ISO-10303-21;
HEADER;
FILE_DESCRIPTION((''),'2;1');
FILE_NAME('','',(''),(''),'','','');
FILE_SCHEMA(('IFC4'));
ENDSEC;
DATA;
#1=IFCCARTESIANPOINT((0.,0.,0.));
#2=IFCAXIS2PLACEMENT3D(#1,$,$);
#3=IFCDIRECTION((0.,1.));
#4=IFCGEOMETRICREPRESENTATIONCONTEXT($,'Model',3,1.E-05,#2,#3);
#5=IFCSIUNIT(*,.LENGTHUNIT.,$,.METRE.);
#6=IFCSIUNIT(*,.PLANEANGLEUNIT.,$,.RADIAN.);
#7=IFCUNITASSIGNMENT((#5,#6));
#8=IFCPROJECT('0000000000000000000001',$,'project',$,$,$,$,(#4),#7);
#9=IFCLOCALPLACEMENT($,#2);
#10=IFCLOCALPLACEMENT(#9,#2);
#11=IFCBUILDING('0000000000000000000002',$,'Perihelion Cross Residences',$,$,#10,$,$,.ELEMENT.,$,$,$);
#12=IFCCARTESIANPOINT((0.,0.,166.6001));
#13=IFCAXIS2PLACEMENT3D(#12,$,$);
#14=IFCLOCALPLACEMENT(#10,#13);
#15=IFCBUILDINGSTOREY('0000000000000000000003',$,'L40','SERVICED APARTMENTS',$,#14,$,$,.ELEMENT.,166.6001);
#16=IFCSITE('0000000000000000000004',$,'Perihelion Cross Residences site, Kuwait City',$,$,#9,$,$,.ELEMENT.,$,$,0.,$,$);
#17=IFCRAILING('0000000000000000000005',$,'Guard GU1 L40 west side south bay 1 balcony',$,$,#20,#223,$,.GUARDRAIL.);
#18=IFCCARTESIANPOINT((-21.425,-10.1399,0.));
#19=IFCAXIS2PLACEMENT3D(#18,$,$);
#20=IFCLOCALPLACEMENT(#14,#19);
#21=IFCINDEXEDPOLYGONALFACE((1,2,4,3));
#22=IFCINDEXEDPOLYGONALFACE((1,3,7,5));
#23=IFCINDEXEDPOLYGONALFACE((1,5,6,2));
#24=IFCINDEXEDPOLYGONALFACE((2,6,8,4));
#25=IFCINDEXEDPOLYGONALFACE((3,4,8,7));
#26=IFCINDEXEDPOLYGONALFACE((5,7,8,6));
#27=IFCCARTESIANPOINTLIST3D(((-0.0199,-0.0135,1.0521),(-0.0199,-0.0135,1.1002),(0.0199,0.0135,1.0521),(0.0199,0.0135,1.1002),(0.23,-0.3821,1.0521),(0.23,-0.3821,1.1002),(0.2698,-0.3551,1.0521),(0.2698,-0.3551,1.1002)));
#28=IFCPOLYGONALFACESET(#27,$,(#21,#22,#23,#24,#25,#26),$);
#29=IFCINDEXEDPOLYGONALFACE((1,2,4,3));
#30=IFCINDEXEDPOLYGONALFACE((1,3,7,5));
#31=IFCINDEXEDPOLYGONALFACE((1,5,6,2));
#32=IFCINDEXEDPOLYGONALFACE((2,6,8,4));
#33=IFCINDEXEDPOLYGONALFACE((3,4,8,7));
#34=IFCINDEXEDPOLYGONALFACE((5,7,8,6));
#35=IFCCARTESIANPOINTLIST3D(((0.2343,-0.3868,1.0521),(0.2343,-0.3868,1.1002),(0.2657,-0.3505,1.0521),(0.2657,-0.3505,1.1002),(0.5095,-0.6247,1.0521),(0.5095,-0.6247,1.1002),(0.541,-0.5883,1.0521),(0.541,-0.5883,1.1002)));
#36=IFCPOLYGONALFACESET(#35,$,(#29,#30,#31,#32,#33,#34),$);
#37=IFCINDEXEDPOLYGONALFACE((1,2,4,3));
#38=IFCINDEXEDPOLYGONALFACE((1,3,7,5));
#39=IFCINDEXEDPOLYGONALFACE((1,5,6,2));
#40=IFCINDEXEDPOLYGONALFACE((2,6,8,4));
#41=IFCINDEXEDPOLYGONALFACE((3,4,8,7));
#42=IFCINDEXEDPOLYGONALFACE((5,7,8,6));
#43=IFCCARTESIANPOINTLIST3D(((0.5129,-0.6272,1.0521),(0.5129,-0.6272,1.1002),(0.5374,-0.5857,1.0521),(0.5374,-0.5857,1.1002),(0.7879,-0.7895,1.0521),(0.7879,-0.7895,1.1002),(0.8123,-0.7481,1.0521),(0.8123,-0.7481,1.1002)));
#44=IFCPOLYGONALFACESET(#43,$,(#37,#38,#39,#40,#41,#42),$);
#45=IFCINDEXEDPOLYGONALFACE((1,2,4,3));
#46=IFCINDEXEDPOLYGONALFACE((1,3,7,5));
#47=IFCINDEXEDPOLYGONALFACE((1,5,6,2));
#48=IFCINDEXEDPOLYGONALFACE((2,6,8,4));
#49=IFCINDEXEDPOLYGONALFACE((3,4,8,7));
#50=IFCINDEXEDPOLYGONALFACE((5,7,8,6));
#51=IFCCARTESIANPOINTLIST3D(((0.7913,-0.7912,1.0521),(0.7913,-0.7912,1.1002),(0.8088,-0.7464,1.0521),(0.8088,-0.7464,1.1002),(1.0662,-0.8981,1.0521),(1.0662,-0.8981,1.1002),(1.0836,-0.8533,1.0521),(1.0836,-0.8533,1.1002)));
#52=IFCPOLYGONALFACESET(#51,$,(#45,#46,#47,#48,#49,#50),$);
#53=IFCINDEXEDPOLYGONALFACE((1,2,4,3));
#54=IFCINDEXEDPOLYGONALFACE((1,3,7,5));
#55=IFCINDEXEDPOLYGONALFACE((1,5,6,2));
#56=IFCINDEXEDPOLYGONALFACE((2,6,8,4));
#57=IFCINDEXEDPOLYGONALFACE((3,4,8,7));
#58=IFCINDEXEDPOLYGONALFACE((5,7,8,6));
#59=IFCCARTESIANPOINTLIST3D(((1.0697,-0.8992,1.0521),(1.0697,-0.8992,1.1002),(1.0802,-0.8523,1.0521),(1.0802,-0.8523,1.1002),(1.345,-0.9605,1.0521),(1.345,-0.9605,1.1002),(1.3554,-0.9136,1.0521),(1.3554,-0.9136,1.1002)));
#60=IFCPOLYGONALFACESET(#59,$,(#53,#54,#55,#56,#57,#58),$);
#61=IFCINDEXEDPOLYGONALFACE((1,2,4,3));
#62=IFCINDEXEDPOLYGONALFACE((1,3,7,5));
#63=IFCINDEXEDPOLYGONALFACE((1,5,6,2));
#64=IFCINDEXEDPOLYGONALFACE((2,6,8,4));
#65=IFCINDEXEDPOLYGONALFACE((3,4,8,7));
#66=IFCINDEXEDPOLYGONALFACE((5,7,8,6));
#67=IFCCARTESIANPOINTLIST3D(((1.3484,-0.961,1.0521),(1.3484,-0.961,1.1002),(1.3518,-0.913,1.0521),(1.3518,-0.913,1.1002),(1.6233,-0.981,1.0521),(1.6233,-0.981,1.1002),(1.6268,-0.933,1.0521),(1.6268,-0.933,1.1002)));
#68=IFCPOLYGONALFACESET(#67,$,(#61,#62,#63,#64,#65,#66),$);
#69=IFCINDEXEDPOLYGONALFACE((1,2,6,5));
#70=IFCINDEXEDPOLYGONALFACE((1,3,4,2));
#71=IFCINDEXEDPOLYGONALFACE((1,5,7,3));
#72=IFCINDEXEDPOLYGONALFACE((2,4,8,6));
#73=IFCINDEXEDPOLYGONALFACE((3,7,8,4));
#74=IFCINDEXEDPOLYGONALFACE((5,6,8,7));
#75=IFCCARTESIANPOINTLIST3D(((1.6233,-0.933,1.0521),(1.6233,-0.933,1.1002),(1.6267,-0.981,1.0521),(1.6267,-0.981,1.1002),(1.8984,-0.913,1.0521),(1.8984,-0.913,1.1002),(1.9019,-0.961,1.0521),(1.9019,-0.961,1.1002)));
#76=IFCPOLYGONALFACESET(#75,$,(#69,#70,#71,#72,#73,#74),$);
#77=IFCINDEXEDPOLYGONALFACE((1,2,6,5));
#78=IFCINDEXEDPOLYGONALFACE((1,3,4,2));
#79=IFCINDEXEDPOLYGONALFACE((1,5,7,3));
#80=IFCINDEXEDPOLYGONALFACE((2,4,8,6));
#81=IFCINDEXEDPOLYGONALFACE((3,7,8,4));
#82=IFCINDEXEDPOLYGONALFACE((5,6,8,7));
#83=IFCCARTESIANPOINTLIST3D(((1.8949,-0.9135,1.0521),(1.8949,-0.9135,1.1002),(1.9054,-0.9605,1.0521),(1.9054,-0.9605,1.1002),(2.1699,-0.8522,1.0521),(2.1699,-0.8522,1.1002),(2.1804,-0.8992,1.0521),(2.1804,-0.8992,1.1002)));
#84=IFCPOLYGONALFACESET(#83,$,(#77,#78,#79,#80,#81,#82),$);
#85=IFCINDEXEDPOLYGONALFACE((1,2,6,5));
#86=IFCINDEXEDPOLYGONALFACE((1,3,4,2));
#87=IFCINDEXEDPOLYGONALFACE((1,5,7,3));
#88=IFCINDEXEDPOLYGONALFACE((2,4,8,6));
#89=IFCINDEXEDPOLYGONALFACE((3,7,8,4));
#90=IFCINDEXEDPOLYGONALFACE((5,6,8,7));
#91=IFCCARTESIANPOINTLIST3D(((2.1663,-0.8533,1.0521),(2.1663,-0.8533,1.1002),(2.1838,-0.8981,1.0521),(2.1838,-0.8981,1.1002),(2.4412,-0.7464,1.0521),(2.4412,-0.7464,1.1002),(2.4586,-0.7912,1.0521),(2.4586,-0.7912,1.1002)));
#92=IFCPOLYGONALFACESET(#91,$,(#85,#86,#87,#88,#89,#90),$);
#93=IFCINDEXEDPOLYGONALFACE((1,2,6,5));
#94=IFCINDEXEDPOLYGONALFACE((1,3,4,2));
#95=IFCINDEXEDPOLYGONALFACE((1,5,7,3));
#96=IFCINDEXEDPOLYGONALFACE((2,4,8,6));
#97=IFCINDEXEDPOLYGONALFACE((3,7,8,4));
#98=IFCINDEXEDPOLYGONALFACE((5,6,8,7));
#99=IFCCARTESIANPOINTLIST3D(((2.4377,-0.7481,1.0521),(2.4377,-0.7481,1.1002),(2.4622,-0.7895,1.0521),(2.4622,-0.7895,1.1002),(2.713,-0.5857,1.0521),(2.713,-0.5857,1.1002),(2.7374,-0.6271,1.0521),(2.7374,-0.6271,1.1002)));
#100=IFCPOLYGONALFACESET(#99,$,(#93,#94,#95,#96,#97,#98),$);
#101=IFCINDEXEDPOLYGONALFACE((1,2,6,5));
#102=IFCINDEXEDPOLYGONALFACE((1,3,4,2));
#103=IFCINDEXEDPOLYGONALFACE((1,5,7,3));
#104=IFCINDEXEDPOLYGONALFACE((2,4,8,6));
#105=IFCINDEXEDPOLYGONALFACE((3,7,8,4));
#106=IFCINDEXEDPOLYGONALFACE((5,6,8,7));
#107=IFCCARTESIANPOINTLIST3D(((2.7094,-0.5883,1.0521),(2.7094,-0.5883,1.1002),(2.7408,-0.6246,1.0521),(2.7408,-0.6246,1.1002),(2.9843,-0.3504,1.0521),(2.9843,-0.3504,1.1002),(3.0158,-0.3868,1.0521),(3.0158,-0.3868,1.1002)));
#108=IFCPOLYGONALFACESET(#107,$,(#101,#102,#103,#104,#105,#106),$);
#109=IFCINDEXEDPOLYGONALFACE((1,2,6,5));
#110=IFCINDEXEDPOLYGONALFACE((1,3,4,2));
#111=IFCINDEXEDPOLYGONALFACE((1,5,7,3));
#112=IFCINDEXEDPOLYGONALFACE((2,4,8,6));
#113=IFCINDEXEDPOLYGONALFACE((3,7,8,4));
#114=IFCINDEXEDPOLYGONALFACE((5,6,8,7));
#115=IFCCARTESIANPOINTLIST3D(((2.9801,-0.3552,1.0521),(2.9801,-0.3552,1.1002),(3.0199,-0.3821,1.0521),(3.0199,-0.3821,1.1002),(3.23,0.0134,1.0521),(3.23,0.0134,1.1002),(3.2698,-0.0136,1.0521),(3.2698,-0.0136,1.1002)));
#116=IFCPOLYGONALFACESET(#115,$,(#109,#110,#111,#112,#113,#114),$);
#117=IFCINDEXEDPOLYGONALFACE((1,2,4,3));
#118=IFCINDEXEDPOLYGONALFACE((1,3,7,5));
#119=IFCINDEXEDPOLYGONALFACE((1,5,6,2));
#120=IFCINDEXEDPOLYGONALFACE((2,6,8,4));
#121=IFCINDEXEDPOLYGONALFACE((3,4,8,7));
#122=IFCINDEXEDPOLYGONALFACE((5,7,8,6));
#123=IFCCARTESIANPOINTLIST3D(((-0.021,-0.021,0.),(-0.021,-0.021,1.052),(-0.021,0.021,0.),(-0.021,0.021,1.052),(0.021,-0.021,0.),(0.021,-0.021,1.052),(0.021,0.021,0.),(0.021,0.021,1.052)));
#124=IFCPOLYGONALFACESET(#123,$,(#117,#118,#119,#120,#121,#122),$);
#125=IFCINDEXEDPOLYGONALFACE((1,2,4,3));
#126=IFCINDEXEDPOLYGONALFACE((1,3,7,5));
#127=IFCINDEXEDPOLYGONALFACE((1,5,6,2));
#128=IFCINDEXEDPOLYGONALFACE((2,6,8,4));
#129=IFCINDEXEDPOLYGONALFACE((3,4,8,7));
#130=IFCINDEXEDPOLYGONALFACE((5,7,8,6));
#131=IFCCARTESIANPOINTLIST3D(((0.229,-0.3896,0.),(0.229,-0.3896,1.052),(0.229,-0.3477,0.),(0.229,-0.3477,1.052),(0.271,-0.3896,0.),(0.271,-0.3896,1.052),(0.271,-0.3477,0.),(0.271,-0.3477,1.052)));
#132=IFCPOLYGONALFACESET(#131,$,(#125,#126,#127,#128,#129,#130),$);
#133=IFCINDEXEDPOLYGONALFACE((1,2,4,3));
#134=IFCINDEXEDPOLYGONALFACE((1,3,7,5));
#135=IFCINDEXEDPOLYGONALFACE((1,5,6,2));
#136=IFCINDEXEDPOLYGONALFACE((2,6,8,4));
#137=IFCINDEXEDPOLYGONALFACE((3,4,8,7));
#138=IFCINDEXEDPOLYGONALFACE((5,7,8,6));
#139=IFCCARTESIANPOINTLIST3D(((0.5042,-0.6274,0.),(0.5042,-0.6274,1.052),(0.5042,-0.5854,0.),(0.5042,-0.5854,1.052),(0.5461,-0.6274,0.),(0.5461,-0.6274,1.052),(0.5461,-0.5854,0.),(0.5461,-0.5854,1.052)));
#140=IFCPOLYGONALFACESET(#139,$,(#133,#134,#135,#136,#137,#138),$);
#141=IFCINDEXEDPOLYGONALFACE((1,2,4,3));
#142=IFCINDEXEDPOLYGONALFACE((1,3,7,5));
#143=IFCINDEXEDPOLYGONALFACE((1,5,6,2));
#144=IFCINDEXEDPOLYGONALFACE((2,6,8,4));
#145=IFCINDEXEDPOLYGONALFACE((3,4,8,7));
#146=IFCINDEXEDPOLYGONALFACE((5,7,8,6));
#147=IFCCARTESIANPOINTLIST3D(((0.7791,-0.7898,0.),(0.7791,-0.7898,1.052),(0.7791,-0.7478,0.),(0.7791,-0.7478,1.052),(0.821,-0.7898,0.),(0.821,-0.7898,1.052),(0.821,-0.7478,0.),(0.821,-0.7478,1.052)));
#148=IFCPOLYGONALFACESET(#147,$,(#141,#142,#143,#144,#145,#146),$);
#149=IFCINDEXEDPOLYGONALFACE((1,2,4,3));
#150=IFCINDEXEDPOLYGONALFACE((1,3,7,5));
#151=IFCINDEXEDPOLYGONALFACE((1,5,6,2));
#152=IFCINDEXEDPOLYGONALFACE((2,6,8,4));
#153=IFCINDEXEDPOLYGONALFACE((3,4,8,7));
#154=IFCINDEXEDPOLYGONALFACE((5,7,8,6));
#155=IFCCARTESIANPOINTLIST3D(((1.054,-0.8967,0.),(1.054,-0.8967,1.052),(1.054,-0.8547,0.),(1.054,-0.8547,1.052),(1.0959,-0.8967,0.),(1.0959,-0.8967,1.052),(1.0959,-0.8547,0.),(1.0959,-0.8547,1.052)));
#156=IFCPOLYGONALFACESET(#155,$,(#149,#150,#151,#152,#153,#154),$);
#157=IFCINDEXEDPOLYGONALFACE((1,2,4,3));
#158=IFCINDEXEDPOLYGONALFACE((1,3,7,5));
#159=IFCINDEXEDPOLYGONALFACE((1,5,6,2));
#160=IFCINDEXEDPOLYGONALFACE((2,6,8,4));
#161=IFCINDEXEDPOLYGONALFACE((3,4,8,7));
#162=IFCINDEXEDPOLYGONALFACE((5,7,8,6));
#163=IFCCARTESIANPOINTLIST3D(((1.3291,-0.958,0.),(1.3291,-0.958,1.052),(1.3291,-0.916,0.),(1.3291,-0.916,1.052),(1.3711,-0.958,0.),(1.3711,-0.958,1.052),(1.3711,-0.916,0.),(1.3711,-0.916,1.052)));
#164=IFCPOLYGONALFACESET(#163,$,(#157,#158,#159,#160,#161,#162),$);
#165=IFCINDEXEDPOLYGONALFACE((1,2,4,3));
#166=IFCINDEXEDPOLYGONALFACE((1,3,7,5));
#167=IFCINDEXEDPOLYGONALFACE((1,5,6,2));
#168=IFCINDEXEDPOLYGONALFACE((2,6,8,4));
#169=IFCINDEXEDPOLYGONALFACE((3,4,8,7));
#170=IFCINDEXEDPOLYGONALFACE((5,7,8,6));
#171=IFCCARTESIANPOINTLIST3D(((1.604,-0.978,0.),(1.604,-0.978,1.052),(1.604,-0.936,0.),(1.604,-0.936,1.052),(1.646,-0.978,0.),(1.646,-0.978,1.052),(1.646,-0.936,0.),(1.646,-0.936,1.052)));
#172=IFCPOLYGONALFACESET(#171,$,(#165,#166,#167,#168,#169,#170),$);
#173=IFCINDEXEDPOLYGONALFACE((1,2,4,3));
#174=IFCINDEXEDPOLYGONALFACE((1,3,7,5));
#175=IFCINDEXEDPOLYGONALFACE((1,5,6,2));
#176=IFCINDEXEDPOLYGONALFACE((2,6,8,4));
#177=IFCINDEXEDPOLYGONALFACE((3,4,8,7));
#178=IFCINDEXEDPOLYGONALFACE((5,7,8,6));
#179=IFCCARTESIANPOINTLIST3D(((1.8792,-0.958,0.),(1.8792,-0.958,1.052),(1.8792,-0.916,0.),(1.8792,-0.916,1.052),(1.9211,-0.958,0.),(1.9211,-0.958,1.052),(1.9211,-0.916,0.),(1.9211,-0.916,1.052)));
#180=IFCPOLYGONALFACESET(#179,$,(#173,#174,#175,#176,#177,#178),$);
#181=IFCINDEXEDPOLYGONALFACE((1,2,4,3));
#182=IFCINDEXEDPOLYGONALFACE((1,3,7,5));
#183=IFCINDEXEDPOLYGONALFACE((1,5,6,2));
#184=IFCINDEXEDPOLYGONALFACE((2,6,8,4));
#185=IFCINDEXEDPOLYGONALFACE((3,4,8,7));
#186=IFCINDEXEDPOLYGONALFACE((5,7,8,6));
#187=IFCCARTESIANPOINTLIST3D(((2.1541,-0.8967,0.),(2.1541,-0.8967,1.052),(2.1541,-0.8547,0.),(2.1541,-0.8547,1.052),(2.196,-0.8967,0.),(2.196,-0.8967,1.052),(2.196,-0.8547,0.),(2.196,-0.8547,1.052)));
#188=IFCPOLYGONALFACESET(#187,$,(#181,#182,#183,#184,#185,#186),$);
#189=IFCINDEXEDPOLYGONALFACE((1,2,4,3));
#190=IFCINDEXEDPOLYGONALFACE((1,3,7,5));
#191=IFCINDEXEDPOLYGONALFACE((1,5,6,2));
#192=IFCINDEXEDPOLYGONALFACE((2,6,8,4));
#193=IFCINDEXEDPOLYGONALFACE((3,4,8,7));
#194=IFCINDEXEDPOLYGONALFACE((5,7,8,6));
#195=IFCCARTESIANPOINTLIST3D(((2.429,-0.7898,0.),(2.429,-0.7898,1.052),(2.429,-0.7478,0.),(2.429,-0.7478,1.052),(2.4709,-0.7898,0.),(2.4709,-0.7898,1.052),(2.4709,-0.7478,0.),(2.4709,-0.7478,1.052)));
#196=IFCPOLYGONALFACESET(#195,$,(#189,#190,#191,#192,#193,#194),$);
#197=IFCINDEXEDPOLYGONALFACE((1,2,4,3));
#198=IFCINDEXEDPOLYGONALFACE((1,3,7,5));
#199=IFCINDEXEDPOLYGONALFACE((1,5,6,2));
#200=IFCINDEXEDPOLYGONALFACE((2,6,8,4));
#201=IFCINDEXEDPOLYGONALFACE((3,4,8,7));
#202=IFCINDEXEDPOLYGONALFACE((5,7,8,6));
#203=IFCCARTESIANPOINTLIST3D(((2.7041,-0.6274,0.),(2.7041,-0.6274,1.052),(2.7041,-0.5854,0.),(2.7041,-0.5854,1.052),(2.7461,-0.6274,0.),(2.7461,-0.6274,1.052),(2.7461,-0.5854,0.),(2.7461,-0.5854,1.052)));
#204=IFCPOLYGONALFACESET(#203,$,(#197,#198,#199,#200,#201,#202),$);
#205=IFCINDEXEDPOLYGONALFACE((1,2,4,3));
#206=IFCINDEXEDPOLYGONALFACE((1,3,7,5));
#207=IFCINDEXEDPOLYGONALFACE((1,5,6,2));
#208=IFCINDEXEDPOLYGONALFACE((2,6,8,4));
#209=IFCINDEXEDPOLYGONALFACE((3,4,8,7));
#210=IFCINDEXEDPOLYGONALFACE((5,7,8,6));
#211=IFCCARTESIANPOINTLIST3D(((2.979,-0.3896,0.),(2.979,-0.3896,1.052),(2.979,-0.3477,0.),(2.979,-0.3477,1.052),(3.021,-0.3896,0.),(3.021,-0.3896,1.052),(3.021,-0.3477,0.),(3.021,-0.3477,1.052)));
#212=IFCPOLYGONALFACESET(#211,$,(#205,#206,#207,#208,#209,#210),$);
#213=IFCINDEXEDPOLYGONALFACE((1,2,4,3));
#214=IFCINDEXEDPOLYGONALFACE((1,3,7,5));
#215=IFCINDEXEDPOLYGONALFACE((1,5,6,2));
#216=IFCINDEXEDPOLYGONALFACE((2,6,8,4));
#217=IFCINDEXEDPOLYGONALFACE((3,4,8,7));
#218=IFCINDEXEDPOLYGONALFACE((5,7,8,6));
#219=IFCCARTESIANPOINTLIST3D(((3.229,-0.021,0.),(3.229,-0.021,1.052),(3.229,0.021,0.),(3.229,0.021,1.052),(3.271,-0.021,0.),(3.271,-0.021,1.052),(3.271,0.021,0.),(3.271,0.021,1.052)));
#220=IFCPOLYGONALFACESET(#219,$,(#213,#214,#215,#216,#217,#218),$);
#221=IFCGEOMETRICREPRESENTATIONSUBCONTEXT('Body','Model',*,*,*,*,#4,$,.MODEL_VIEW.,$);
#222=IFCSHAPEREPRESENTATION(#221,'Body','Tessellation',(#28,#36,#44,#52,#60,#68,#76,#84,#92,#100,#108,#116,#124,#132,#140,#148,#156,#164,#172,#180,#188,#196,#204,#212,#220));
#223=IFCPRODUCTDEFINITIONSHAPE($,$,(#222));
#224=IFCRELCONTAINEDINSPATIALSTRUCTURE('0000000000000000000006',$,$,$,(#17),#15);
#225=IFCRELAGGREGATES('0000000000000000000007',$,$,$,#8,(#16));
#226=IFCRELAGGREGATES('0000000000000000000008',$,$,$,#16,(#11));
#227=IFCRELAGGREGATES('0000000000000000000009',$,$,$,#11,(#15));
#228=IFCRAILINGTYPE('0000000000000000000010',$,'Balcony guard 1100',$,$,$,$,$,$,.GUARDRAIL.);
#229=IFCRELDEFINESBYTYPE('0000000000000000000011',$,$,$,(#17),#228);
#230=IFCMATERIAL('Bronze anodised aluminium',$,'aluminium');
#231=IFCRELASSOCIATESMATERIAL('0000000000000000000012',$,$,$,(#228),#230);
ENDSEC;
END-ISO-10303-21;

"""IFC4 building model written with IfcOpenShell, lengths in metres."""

from ifc_helpers import new_model, si_unit, direction, frame, origin, origin_2d, place, context, subcontext, project, spatial, rectangle, extrude, material, type_object, element, save


model = new_model("IFC4")

# Units and contexts
model_context = context("Model", 3, precision=1e-05, world=origin(), true_north=direction((0.0, 1.0)))
body_context = subcontext(model_context, "Body", "Model", "MODEL_VIEW")
ifc_project = project(units=[si_unit("LENGTHUNIT", "METRE"), si_unit("PLANEANGLEUNIT", "RADIAN")], contexts=[model_context])

# Site, building, storey
site_placement = place(None, origin())
site = spatial("IfcSite", under=ifc_project, at=site_placement, Name="Perihelion Cross Residences site, Kuwait City", CompositionType="ELEMENT", RefElevation=0.0)
building_placement = place(site_placement, origin())
building = spatial("IfcBuilding", under=site, at=building_placement, Name="Perihelion Cross Residences", CompositionType="ELEMENT")
storey_placement = place(building_placement, frame((0.0, 0.0, 166.6001)))
storey = spatial("IfcBuildingStorey", under=building, at=storey_placement, Name="L40", Description="SERVICED APARTMENTS", CompositionType="ELEMENT", Elevation=166.6001)

# Railing
ifc_material_1 = material(Name="Bronze anodised aluminium", Category="aluminium")
railing_type_1 = type_object("IfcRailingType", Name="Balcony guard 1100", PredefinedType="GUARDRAIL", material=ifc_material_1)
railing_1_placement = place(storey_placement, frame((-21.425, -10.1399, 0.0)))
element("IfcRailing", 1, at=railing_1_placement, inside=storey, type_object=railing_type_1, Name="Guard GU1 L40 west side south bay 1 balcony", PredefinedType="GUARDRAIL", context=body_context, shape_type="SweptSolid", body=[
    extrude(rectangle(XDim=0.0481, YDim=0.0481, at=origin_2d()), frame((0.0, 0.0, 1.0762), z_axis=(0.56126, -0.827639, 0.0), x_axis=(0.827639, 0.56126, 0.0)), (0.0, 0.0, 1.0), 0.4453),
    extrude(rectangle(XDim=0.0481, YDim=0.0481, at=origin_2d()), frame((0.25, -0.3687, 1.0762), z_axis=(0.756597, -0.653882, 0.0), x_axis=(0.653882, 0.756597, 0.0)), (0.0, 0.0, 1.0), 0.3638),
    extrude(rectangle(XDim=0.0481, YDim=0.0481, at=origin_2d()), frame((0.5251, -0.6064, 1.0762), z_axis=(0.861048, -0.508523, 0.0), x_axis=(0.508523, 0.861048, 0.0)), (0.0, 0.0, 1.0), 0.3193),
    extrude(rectangle(XDim=0.0481, YDim=0.0481, at=origin_2d()), frame((0.8, -0.7688, 1.0762), z_axis=(0.931974, -0.362526, 0.0), x_axis=(0.362526, 0.931974, 0.0)), (0.0, 0.0, 1.0), 0.2949),
    extrude(rectangle(XDim=0.0481, YDim=0.0481, at=origin_2d()), frame((1.075, -0.8757, 1.0762), z_axis=(0.976085, -0.217389, 0.0), x_axis=(0.217389, 0.976085, 0.0)), (0.0, 0.0, 1.0), 0.282),
    extrude(rectangle(XDim=0.0481, YDim=0.0481, at=origin_2d()), frame((1.3501, -0.937, 1.0762), z_axis=(0.997359, -0.072632, 0.0), x_axis=(0.072632, 0.997359, 0.0)), (0.0, 0.0, 1.0), 0.2756),
    extrude(rectangle(XDim=0.0481, YDim=0.0481, at=origin_2d()), frame((1.625, -0.957, 1.0762), z_axis=(0.997363, 0.072568, 0.0), x_axis=(-0.072568, 0.997363, 0.0)), (0.0, 0.0, 1.0), 0.2759),
    extrude(rectangle(XDim=0.0481, YDim=0.0481, at=origin_2d()), frame((1.9001, -0.937, 1.0762), z_axis=(0.976044, 0.217573, 0.0), x_axis=(-0.217573, 0.976044, 0.0)), (0.0, 0.0, 1.0), 0.2817),
    extrude(rectangle(XDim=0.0481, YDim=0.0481, at=origin_2d()), frame((2.175, -0.8757, 1.0762), z_axis=(0.931974, 0.362526, 0.0), x_axis=(-0.362526, 0.931974, 0.0)), (0.0, 0.0, 1.0), 0.2949),
    extrude(rectangle(XDim=0.0481, YDim=0.0481, at=origin_2d()), frame((2.45, -0.7688, 1.0762), z_axis=(0.861246, 0.508189, 0.0), x_axis=(-0.508189, 0.861246, 0.0)), (0.0, 0.0, 1.0), 0.3196),
    extrude(rectangle(XDim=0.0481, YDim=0.0481, at=origin_2d()), frame((2.7251, -0.6064, 1.0762), z_axis=(0.756309, 0.654214, 0.0), x_axis=(-0.654214, 0.756309, 0.0)), (0.0, 0.0, 1.0), 0.3635),
    extrude(rectangle(XDim=0.0481, YDim=0.0481, at=origin_2d()), frame((3.0, -0.3687, 1.0762), z_axis=(0.56126, 0.827639, 0.0), x_axis=(-0.827639, 0.56126, 0.0)), (0.0, 0.0, 1.0), 0.4453),
    extrude(rectangle(XDim=0.042, YDim=0.042, at=origin_2d()), origin(), (0.0, 0.0, 1.0), 1.052),
    extrude(rectangle(XDim=0.042, YDim=0.042, at=origin_2d()), frame((0.25, -0.3687, 0.0)), (0.0, 0.0, 1.0), 1.052),
    extrude(rectangle(XDim=0.042, YDim=0.042, at=origin_2d()), frame((0.5251, -0.6064, 0.0)), (0.0, 0.0, 1.0), 1.052),
    extrude(rectangle(XDim=0.042, YDim=0.042, at=origin_2d()), frame((0.8, -0.7688, 0.0)), (0.0, 0.0, 1.0), 1.052),
    extrude(rectangle(XDim=0.042, YDim=0.042, at=origin_2d()), frame((1.075, -0.8757, 0.0)), (0.0, 0.0, 1.0), 1.052),
    extrude(rectangle(XDim=0.042, YDim=0.042, at=origin_2d()), frame((1.3501, -0.937, 0.0)), (0.0, 0.0, 1.0), 1.052),
    extrude(rectangle(XDim=0.042, YDim=0.042, at=origin_2d()), frame((1.625, -0.957, 0.0)), (0.0, 0.0, 1.0), 1.052),
    extrude(rectangle(XDim=0.042, YDim=0.042, at=origin_2d()), frame((1.9001, -0.937, 0.0)), (0.0, 0.0, 1.0), 1.052),
    extrude(rectangle(XDim=0.042, YDim=0.042, at=origin_2d()), frame((2.175, -0.8757, 0.0)), (0.0, 0.0, 1.0), 1.052),
    extrude(rectangle(XDim=0.042, YDim=0.042, at=origin_2d()), frame((2.45, -0.7688, 0.0)), (0.0, 0.0, 1.0), 1.052),
    extrude(rectangle(XDim=0.042, YDim=0.042, at=origin_2d()), frame((2.7251, -0.6064, 0.0)), (0.0, 0.0, 1.0), 1.052),
    extrude(rectangle(XDim=0.042, YDim=0.042, at=origin_2d()), frame((3.0, -0.3687, 0.0)), (0.0, 0.0, 1.0), 1.052),
    extrude(rectangle(XDim=0.042, YDim=0.042, at=origin_2d()), frame((3.25, 0.0, 0.0)), (0.0, 0.0, 1.0), 1.052),
])

save(model, "model.ifc")
